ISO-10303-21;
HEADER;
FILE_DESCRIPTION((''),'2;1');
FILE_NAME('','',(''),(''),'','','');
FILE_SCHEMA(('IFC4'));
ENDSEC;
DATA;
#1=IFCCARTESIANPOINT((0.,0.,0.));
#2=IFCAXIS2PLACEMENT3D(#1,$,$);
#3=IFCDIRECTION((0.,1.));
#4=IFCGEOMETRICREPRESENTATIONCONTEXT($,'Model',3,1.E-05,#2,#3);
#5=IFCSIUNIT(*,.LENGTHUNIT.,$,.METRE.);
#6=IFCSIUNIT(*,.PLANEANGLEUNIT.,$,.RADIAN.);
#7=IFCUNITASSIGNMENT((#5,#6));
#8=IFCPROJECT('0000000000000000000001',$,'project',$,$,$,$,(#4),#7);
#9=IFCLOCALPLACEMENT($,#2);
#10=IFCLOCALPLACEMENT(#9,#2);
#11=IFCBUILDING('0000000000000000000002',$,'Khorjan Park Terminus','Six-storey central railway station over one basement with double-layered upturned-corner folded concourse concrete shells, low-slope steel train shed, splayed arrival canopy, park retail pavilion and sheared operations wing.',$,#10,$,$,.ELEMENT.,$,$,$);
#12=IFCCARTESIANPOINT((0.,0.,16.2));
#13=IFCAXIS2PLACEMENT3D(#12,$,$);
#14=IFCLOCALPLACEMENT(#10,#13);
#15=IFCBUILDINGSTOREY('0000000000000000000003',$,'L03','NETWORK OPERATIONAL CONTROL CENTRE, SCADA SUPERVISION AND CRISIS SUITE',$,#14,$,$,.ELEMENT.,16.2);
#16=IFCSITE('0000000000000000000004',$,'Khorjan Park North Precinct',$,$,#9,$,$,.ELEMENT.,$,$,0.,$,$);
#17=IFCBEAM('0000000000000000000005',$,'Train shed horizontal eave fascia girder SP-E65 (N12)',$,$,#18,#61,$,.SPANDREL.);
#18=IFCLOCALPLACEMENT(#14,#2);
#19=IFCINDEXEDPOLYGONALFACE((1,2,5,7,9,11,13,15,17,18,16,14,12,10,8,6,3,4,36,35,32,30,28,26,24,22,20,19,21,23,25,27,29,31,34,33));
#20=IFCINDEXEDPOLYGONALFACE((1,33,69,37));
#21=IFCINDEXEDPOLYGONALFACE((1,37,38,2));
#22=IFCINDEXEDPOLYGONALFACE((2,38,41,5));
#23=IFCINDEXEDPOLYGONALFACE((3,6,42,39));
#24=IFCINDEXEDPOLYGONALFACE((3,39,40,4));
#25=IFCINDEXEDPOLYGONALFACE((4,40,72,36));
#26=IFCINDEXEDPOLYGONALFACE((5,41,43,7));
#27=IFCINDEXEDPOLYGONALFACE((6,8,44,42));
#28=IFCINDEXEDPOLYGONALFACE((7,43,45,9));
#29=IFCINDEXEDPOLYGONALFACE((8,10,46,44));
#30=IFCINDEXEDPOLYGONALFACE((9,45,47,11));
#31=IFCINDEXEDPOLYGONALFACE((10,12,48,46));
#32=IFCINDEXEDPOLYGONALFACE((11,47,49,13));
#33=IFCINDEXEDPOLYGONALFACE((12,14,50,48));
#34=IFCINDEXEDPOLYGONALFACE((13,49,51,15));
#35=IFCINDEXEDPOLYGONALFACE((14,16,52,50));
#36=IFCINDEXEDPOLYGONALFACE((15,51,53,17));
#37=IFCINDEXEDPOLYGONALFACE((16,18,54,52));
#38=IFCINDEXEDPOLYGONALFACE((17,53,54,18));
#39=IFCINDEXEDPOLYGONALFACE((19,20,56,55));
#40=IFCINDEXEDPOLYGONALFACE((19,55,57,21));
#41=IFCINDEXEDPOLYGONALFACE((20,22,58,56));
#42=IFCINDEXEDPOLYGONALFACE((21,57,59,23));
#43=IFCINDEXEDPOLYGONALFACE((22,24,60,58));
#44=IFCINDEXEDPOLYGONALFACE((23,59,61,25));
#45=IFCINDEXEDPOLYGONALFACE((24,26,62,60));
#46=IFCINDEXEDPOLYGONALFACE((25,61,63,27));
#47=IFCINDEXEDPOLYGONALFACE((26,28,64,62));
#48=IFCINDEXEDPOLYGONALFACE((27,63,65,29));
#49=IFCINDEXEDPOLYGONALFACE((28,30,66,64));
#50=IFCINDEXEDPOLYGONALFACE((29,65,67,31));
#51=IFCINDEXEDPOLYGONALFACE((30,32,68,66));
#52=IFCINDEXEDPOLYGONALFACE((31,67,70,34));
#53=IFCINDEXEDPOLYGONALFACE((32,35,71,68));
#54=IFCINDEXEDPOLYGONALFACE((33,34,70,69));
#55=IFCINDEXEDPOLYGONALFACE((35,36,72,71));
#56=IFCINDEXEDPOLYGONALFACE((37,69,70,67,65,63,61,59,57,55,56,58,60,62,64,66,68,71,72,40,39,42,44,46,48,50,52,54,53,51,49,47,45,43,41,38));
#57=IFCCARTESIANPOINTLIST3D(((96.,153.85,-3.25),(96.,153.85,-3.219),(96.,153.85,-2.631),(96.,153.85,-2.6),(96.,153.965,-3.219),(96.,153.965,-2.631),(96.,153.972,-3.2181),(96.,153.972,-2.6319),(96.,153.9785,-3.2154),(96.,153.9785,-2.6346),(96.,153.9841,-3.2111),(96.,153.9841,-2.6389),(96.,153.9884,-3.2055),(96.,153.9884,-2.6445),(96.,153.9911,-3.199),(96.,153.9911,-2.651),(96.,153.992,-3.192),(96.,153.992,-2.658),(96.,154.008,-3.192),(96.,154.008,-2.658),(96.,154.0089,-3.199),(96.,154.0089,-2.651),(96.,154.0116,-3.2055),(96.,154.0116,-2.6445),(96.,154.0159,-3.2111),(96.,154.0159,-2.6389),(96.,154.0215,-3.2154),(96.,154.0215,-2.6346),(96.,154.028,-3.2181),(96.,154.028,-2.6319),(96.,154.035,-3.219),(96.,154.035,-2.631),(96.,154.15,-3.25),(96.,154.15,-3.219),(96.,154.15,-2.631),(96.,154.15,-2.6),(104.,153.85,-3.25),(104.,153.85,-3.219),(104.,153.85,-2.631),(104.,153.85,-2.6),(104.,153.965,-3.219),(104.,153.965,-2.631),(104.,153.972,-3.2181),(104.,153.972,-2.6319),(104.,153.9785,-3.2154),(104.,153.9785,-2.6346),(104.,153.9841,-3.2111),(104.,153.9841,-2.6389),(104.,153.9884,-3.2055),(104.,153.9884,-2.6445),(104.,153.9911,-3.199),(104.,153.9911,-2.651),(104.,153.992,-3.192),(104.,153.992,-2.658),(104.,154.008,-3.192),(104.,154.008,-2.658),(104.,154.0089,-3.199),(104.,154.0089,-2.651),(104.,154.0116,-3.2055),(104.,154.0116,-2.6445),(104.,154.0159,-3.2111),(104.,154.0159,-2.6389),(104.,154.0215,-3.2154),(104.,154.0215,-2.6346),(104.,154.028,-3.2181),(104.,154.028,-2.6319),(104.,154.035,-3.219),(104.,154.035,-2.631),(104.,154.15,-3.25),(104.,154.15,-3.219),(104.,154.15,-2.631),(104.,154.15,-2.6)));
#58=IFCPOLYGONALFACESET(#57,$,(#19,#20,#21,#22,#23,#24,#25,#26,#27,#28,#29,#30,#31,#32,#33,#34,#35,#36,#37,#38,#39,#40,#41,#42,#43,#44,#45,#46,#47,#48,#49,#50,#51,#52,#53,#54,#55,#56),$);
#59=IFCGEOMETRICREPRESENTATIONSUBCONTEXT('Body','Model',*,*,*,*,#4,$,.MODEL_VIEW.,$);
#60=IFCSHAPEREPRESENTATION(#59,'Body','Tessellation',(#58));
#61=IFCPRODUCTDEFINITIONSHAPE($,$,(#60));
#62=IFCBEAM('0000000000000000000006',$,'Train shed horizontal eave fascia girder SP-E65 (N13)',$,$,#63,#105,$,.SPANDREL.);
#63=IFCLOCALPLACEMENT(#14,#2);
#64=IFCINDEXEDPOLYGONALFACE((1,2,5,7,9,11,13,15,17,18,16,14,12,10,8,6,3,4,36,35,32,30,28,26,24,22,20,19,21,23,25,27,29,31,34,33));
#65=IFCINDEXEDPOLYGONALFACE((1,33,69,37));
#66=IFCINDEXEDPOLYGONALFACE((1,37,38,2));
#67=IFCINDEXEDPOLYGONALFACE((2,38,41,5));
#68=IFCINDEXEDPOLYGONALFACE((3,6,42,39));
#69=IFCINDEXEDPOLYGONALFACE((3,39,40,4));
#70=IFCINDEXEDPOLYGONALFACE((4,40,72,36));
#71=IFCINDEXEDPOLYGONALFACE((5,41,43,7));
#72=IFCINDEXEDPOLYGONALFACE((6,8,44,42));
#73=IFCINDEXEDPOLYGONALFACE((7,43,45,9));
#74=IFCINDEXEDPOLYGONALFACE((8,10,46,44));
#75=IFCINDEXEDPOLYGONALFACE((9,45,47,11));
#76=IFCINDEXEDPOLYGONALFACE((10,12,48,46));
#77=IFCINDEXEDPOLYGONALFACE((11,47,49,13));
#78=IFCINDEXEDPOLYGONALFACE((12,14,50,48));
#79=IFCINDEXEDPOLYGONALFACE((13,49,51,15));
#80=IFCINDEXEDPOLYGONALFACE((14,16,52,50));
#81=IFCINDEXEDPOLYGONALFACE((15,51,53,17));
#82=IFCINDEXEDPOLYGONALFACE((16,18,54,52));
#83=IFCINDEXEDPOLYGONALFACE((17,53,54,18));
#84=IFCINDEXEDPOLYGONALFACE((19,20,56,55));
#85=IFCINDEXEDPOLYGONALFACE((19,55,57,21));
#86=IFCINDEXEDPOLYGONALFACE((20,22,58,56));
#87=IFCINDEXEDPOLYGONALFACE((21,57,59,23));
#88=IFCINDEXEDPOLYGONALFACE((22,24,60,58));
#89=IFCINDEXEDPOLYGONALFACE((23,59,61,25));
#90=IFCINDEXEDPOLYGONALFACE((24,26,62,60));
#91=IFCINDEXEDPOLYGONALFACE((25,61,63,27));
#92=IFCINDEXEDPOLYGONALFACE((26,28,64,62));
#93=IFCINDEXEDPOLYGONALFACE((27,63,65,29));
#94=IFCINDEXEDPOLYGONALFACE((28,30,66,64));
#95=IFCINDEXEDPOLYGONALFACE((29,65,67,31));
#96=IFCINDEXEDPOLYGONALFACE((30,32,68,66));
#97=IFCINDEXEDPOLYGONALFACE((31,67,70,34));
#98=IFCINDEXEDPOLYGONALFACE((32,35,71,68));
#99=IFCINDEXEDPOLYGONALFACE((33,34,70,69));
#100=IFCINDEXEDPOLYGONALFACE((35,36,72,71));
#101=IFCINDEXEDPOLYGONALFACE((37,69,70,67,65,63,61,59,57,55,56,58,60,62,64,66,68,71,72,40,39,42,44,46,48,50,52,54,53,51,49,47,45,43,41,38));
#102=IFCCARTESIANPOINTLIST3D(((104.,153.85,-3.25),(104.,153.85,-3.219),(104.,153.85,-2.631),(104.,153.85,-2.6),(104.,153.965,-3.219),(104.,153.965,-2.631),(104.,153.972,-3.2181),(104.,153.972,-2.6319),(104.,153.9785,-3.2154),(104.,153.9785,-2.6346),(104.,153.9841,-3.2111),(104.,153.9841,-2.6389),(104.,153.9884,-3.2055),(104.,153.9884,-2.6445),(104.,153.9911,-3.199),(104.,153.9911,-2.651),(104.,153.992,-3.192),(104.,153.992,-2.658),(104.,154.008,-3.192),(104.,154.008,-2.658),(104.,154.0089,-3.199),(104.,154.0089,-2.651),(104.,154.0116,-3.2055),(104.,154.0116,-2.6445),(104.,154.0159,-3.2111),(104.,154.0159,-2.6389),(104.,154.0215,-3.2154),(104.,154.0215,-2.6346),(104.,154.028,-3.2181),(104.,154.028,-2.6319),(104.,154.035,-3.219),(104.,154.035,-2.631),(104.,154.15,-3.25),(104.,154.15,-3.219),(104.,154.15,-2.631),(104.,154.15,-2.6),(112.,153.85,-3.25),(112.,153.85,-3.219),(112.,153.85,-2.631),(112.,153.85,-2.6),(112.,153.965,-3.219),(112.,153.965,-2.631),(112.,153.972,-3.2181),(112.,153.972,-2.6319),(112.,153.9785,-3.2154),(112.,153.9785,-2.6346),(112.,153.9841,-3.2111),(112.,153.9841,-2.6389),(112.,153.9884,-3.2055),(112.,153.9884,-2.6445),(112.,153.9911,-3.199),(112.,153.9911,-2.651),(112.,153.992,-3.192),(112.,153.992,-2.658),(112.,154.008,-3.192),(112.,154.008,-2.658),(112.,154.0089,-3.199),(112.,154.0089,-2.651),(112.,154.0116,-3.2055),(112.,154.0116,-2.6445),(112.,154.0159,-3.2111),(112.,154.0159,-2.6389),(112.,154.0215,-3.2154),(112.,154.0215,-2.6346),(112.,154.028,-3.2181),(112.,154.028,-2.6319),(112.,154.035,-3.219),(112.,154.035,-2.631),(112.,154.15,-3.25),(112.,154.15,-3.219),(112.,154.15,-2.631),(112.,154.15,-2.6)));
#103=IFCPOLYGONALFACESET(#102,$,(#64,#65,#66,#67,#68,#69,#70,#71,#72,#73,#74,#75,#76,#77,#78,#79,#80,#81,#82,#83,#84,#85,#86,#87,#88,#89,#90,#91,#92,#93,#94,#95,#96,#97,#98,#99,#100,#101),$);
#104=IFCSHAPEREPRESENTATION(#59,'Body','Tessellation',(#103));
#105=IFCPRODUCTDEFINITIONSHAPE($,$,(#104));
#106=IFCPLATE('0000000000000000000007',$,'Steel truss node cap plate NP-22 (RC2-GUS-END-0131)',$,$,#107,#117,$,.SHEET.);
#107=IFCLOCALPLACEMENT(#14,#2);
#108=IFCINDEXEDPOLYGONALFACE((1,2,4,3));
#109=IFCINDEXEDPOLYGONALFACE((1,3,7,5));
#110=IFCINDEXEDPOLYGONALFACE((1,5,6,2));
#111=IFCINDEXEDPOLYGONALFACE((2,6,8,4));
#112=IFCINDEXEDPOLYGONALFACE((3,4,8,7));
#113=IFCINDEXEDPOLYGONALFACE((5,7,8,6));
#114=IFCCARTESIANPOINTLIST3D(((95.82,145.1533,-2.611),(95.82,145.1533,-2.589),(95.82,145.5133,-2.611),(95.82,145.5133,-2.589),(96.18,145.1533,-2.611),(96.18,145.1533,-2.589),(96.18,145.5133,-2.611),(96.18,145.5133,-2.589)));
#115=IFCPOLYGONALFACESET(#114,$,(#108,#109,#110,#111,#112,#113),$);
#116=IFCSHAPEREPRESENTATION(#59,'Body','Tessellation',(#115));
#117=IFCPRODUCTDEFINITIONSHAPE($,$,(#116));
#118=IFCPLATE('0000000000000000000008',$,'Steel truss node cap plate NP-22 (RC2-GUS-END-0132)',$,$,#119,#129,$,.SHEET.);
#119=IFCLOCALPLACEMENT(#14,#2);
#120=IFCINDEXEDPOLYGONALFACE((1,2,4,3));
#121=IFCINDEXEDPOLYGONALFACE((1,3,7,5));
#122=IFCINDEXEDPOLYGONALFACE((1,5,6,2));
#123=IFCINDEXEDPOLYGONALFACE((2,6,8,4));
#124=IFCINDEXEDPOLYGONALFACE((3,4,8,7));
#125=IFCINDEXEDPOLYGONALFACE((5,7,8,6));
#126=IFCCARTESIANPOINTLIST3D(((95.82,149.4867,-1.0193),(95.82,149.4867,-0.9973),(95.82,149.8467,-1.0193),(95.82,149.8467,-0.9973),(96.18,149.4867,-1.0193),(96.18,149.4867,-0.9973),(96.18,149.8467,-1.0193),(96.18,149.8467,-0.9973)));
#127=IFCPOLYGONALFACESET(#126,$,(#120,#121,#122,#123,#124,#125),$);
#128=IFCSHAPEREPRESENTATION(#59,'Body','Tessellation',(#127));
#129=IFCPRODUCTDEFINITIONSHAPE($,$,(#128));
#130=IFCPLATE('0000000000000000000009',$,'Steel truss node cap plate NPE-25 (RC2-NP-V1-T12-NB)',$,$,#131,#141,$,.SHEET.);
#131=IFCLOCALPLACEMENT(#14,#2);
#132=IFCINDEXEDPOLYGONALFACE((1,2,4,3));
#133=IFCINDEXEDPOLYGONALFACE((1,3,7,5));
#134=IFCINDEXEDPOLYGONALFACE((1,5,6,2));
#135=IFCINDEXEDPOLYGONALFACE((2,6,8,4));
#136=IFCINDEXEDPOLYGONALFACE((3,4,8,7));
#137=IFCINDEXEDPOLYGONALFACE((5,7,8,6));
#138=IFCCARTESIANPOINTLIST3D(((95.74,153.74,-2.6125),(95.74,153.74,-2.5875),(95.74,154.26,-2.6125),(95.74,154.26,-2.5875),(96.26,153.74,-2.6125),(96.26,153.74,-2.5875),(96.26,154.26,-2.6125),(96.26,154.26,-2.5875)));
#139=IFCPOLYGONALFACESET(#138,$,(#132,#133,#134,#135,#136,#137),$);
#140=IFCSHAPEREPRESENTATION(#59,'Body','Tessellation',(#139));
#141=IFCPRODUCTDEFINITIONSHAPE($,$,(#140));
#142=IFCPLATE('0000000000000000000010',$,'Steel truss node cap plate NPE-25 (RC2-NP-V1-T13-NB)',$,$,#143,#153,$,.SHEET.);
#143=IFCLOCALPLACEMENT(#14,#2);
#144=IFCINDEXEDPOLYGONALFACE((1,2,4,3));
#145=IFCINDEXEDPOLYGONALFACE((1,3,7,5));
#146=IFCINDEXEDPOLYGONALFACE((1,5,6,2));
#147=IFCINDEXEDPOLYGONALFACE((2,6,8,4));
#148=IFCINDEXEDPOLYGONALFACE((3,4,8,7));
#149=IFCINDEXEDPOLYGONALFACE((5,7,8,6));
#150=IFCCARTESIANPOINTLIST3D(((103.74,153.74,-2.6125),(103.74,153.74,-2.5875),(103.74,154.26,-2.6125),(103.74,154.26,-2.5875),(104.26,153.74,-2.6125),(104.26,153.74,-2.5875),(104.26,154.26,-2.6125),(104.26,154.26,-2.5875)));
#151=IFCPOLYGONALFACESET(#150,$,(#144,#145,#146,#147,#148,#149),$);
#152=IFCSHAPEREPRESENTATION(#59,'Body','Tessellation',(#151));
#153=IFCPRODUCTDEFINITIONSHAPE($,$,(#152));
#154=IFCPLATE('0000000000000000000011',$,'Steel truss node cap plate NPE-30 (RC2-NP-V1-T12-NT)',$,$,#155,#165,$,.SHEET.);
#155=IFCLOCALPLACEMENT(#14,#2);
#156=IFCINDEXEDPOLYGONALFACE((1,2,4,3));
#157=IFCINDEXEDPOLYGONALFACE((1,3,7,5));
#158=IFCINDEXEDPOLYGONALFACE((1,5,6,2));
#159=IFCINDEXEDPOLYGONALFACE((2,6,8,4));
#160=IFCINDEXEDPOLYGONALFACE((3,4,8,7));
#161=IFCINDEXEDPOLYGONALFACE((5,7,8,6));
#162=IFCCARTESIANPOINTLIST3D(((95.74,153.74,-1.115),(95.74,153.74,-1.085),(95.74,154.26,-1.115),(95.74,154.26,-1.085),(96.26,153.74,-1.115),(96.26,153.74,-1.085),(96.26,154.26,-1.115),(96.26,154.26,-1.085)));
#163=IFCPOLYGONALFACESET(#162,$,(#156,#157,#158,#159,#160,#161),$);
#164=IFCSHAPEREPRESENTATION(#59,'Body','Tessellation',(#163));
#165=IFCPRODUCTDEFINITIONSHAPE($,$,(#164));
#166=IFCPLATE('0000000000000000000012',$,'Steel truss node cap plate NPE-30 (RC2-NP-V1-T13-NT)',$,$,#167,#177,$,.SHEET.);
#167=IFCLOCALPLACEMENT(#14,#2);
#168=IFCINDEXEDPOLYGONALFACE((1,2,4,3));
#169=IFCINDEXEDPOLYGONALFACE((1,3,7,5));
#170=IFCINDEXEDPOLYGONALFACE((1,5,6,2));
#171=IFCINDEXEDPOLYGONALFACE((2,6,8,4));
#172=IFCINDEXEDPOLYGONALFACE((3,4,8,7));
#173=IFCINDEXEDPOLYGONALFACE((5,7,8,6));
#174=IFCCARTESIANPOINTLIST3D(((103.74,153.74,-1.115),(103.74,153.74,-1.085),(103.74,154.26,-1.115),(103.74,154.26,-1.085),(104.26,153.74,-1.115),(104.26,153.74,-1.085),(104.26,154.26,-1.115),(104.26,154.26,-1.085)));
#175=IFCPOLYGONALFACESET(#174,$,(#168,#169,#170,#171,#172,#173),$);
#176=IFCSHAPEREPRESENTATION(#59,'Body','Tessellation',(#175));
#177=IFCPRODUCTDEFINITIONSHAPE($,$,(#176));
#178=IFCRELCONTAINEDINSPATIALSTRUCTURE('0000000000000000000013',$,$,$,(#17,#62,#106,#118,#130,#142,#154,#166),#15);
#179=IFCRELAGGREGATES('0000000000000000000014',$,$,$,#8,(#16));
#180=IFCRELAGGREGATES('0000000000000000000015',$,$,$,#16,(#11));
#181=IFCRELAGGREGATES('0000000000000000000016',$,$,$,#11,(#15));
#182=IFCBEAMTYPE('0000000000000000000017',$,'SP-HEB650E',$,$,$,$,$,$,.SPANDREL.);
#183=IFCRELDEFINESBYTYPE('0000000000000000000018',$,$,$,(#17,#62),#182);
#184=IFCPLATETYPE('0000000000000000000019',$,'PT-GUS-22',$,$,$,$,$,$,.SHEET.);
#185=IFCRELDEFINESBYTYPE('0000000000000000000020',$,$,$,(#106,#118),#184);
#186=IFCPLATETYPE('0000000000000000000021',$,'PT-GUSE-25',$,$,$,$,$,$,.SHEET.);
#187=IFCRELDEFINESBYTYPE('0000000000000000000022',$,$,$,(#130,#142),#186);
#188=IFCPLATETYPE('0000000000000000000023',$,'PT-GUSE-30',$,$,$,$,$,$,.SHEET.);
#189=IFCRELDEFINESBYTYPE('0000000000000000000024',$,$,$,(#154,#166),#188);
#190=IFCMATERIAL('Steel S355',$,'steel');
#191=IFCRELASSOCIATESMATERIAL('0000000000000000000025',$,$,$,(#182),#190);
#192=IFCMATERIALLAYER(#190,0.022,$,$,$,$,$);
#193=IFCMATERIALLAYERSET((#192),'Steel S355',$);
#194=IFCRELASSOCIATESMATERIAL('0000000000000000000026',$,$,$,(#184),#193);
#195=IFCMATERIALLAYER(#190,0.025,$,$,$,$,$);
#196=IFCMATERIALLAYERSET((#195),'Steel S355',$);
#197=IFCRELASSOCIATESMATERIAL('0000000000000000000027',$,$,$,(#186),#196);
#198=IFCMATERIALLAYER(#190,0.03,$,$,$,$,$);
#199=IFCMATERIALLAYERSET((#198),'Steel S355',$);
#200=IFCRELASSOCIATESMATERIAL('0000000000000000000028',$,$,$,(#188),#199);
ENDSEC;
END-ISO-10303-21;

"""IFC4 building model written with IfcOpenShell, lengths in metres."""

from ifc_helpers import new_model, si_unit, direction, frame, origin, origin_2d, place, context, subcontext, project, spatial, rectangle, i_section, extrude, material, layer, layer_set, material_profile, profile_set, type_object, element, save


model = new_model("IFC4")

# Units and contexts
model_context = context("Model", 3, precision=1e-05, world=origin(), true_north=direction((0.0, 1.0)))
body_context = subcontext(model_context, "Body", "Model", "MODEL_VIEW")
ifc_project = project(units=[si_unit("LENGTHUNIT", "METRE"), si_unit("PLANEANGLEUNIT", "RADIAN")], contexts=[model_context])

# Site, building, storey
site_placement = place(None, origin())
site = spatial("IfcSite", under=ifc_project, at=site_placement, Name="Khorjan Park North Precinct", CompositionType="ELEMENT", RefElevation=0.0)
building_placement = place(site_placement, origin())
building = spatial("IfcBuilding", under=site, at=building_placement, Name="Khorjan Park Terminus", Description="Six-storey central railway station over one basement with double-layered upturned-corner folded concourse concrete shells, low-slope steel train shed, splayed arrival canopy, park retail pavilion and sheared operations wing.", CompositionType="ELEMENT")
storey_placement = place(building_placement, frame((0.0, 0.0, 16.2)))
storey = spatial("IfcBuildingStorey", under=building, at=storey_placement, Name="L03", Description="NETWORK OPERATIONAL CONTROL CENTRE, SCADA SUPERVISION AND CRISIS SUITE", CompositionType="ELEMENT", Elevation=16.2)

# Shared definitions
ifc_material = material(Name="Steel S355", Category="steel")

# Beams
ifc_material_profile_1 = material_profile(ifc_material, i_section(OverallWidth=0.3, OverallDepth=0.65, WebThickness=0.016, FlangeThickness=0.031, FilletRadius=0.027, at=origin_2d()), Name="HEB 650")
ifc_profile_set_1 = profile_set([ifc_material_profile_1], Name="Steel S355")
beam_type = type_object("IfcBeamType", Name="SP-HEB650E", PredefinedType="SPANDREL", material=ifc_profile_set_1)
for number, where, z_axis, x_axis, name in (
    (1, (96.0, 154.0, -2.925), (1.0, 0.0, 0.0), (0.0, 1.0, 0.0), "Train shed horizontal eave fascia girder SP-E65 (N12)"),
    (2, (104.0, 154.0, -2.925), (1.0, 0.0, 0.0), (0.0, 1.0, 0.0), "Train shed horizontal eave fascia girder SP-E65 (N13)"),
):
    element("IfcBeam", number, at=place(storey_placement, frame(where, z_axis=z_axis, x_axis=x_axis)), inside=storey, type_object=beam_type, Name=name, PredefinedType="SPANDREL", context=body_context, shape_type="SweptSolid", body=[
        extrude(i_section(OverallWidth=0.3, OverallDepth=0.65, WebThickness=0.016, FlangeThickness=0.031, FilletRadius=0.027, at=origin_2d()), origin(), (0.0, 0.0, 1.0), 8.0),
    ])

# Plates
ifc_layer_1 = layer(ifc_material, 0.022)
ifc_layer_set_1 = layer_set([ifc_layer_1], Name="Steel S355")
plate_type_1 = type_object("IfcPlateType", Name="PT-GUS-22", PredefinedType="SHEET", material=ifc_layer_set_1)
for number, where, z_axis, x_axis, name in (
    (3, (96.0, 145.3333, -2.611), (0.0, 0.0, 1.0), (1.0, 0.0, 0.0), "Steel truss node cap plate NP-22 (RC2-GUS-END-0131)"),
    (4, (96.0, 149.6667, -1.0193), (0.0, 0.0, 1.0), (1.0, 0.0, 0.0), "Steel truss node cap plate NP-22 (RC2-GUS-END-0132)"),
):
    element("IfcPlate", number, at=place(storey_placement, frame(where, z_axis=z_axis, x_axis=x_axis)), inside=storey, type_object=plate_type_1, Name=name, PredefinedType="SHEET", context=body_context, shape_type="SweptSolid", body=[
        extrude(rectangle(XDim=0.36, YDim=0.36, at=origin_2d()), origin(), (0.0, 0.0, 1.0), 0.022),
    ])
ifc_layer_2 = layer(ifc_material, 0.025)
ifc_layer_set_2 = layer_set([ifc_layer_2], Name="Steel S355")
plate_type_2 = type_object("IfcPlateType", Name="PT-GUSE-25", PredefinedType="SHEET", material=ifc_layer_set_2)
for number, where, z_axis, x_axis, name in (
    (5, (96.0, 154.0, -2.6125), (0.0, 0.0, 1.0), (1.0, 0.0, 0.0), "Steel truss node cap plate NPE-25 (RC2-NP-V1-T12-NB)"),
    (6, (104.0, 154.0, -2.6125), (0.0, 0.0, 1.0), (1.0, 0.0, 0.0), "Steel truss node cap plate NPE-25 (RC2-NP-V1-T13-NB)"),
):
    element("IfcPlate", number, at=place(storey_placement, frame(where, z_axis=z_axis, x_axis=x_axis)), inside=storey, type_object=plate_type_2, Name=name, PredefinedType="SHEET", context=body_context, shape_type="SweptSolid", body=[
        extrude(rectangle(XDim=0.52, YDim=0.52, at=origin_2d()), origin(), (0.0, 0.0, 1.0), 0.025),
    ])
ifc_layer_3 = layer(ifc_material, 0.03)
ifc_layer_set_3 = layer_set([ifc_layer_3], Name="Steel S355")
plate_type_3 = type_object("IfcPlateType", Name="PT-GUSE-30", PredefinedType="SHEET", material=ifc_layer_set_3)
for number, where, z_axis, x_axis, name in (
    (7, (96.0, 154.0, -1.115), (0.0, 0.0, 1.0), (1.0, 0.0, 0.0), "Steel truss node cap plate NPE-30 (RC2-NP-V1-T12-NT)"),
    (8, (104.0, 154.0, -1.115), (0.0, 0.0, 1.0), (1.0, 0.0, 0.0), "Steel truss node cap plate NPE-30 (RC2-NP-V1-T13-NT)"),
):
    element("IfcPlate", number, at=place(storey_placement, frame(where, z_axis=z_axis, x_axis=x_axis)), inside=storey, type_object=plate_type_3, Name=name, PredefinedType="SHEET", context=body_context, shape_type="SweptSolid", body=[
        extrude(rectangle(XDim=0.52, YDim=0.52, at=origin_2d()), origin(), (0.0, 0.0, 1.0), 0.03),
    ])

save(model, "model.ifc")
